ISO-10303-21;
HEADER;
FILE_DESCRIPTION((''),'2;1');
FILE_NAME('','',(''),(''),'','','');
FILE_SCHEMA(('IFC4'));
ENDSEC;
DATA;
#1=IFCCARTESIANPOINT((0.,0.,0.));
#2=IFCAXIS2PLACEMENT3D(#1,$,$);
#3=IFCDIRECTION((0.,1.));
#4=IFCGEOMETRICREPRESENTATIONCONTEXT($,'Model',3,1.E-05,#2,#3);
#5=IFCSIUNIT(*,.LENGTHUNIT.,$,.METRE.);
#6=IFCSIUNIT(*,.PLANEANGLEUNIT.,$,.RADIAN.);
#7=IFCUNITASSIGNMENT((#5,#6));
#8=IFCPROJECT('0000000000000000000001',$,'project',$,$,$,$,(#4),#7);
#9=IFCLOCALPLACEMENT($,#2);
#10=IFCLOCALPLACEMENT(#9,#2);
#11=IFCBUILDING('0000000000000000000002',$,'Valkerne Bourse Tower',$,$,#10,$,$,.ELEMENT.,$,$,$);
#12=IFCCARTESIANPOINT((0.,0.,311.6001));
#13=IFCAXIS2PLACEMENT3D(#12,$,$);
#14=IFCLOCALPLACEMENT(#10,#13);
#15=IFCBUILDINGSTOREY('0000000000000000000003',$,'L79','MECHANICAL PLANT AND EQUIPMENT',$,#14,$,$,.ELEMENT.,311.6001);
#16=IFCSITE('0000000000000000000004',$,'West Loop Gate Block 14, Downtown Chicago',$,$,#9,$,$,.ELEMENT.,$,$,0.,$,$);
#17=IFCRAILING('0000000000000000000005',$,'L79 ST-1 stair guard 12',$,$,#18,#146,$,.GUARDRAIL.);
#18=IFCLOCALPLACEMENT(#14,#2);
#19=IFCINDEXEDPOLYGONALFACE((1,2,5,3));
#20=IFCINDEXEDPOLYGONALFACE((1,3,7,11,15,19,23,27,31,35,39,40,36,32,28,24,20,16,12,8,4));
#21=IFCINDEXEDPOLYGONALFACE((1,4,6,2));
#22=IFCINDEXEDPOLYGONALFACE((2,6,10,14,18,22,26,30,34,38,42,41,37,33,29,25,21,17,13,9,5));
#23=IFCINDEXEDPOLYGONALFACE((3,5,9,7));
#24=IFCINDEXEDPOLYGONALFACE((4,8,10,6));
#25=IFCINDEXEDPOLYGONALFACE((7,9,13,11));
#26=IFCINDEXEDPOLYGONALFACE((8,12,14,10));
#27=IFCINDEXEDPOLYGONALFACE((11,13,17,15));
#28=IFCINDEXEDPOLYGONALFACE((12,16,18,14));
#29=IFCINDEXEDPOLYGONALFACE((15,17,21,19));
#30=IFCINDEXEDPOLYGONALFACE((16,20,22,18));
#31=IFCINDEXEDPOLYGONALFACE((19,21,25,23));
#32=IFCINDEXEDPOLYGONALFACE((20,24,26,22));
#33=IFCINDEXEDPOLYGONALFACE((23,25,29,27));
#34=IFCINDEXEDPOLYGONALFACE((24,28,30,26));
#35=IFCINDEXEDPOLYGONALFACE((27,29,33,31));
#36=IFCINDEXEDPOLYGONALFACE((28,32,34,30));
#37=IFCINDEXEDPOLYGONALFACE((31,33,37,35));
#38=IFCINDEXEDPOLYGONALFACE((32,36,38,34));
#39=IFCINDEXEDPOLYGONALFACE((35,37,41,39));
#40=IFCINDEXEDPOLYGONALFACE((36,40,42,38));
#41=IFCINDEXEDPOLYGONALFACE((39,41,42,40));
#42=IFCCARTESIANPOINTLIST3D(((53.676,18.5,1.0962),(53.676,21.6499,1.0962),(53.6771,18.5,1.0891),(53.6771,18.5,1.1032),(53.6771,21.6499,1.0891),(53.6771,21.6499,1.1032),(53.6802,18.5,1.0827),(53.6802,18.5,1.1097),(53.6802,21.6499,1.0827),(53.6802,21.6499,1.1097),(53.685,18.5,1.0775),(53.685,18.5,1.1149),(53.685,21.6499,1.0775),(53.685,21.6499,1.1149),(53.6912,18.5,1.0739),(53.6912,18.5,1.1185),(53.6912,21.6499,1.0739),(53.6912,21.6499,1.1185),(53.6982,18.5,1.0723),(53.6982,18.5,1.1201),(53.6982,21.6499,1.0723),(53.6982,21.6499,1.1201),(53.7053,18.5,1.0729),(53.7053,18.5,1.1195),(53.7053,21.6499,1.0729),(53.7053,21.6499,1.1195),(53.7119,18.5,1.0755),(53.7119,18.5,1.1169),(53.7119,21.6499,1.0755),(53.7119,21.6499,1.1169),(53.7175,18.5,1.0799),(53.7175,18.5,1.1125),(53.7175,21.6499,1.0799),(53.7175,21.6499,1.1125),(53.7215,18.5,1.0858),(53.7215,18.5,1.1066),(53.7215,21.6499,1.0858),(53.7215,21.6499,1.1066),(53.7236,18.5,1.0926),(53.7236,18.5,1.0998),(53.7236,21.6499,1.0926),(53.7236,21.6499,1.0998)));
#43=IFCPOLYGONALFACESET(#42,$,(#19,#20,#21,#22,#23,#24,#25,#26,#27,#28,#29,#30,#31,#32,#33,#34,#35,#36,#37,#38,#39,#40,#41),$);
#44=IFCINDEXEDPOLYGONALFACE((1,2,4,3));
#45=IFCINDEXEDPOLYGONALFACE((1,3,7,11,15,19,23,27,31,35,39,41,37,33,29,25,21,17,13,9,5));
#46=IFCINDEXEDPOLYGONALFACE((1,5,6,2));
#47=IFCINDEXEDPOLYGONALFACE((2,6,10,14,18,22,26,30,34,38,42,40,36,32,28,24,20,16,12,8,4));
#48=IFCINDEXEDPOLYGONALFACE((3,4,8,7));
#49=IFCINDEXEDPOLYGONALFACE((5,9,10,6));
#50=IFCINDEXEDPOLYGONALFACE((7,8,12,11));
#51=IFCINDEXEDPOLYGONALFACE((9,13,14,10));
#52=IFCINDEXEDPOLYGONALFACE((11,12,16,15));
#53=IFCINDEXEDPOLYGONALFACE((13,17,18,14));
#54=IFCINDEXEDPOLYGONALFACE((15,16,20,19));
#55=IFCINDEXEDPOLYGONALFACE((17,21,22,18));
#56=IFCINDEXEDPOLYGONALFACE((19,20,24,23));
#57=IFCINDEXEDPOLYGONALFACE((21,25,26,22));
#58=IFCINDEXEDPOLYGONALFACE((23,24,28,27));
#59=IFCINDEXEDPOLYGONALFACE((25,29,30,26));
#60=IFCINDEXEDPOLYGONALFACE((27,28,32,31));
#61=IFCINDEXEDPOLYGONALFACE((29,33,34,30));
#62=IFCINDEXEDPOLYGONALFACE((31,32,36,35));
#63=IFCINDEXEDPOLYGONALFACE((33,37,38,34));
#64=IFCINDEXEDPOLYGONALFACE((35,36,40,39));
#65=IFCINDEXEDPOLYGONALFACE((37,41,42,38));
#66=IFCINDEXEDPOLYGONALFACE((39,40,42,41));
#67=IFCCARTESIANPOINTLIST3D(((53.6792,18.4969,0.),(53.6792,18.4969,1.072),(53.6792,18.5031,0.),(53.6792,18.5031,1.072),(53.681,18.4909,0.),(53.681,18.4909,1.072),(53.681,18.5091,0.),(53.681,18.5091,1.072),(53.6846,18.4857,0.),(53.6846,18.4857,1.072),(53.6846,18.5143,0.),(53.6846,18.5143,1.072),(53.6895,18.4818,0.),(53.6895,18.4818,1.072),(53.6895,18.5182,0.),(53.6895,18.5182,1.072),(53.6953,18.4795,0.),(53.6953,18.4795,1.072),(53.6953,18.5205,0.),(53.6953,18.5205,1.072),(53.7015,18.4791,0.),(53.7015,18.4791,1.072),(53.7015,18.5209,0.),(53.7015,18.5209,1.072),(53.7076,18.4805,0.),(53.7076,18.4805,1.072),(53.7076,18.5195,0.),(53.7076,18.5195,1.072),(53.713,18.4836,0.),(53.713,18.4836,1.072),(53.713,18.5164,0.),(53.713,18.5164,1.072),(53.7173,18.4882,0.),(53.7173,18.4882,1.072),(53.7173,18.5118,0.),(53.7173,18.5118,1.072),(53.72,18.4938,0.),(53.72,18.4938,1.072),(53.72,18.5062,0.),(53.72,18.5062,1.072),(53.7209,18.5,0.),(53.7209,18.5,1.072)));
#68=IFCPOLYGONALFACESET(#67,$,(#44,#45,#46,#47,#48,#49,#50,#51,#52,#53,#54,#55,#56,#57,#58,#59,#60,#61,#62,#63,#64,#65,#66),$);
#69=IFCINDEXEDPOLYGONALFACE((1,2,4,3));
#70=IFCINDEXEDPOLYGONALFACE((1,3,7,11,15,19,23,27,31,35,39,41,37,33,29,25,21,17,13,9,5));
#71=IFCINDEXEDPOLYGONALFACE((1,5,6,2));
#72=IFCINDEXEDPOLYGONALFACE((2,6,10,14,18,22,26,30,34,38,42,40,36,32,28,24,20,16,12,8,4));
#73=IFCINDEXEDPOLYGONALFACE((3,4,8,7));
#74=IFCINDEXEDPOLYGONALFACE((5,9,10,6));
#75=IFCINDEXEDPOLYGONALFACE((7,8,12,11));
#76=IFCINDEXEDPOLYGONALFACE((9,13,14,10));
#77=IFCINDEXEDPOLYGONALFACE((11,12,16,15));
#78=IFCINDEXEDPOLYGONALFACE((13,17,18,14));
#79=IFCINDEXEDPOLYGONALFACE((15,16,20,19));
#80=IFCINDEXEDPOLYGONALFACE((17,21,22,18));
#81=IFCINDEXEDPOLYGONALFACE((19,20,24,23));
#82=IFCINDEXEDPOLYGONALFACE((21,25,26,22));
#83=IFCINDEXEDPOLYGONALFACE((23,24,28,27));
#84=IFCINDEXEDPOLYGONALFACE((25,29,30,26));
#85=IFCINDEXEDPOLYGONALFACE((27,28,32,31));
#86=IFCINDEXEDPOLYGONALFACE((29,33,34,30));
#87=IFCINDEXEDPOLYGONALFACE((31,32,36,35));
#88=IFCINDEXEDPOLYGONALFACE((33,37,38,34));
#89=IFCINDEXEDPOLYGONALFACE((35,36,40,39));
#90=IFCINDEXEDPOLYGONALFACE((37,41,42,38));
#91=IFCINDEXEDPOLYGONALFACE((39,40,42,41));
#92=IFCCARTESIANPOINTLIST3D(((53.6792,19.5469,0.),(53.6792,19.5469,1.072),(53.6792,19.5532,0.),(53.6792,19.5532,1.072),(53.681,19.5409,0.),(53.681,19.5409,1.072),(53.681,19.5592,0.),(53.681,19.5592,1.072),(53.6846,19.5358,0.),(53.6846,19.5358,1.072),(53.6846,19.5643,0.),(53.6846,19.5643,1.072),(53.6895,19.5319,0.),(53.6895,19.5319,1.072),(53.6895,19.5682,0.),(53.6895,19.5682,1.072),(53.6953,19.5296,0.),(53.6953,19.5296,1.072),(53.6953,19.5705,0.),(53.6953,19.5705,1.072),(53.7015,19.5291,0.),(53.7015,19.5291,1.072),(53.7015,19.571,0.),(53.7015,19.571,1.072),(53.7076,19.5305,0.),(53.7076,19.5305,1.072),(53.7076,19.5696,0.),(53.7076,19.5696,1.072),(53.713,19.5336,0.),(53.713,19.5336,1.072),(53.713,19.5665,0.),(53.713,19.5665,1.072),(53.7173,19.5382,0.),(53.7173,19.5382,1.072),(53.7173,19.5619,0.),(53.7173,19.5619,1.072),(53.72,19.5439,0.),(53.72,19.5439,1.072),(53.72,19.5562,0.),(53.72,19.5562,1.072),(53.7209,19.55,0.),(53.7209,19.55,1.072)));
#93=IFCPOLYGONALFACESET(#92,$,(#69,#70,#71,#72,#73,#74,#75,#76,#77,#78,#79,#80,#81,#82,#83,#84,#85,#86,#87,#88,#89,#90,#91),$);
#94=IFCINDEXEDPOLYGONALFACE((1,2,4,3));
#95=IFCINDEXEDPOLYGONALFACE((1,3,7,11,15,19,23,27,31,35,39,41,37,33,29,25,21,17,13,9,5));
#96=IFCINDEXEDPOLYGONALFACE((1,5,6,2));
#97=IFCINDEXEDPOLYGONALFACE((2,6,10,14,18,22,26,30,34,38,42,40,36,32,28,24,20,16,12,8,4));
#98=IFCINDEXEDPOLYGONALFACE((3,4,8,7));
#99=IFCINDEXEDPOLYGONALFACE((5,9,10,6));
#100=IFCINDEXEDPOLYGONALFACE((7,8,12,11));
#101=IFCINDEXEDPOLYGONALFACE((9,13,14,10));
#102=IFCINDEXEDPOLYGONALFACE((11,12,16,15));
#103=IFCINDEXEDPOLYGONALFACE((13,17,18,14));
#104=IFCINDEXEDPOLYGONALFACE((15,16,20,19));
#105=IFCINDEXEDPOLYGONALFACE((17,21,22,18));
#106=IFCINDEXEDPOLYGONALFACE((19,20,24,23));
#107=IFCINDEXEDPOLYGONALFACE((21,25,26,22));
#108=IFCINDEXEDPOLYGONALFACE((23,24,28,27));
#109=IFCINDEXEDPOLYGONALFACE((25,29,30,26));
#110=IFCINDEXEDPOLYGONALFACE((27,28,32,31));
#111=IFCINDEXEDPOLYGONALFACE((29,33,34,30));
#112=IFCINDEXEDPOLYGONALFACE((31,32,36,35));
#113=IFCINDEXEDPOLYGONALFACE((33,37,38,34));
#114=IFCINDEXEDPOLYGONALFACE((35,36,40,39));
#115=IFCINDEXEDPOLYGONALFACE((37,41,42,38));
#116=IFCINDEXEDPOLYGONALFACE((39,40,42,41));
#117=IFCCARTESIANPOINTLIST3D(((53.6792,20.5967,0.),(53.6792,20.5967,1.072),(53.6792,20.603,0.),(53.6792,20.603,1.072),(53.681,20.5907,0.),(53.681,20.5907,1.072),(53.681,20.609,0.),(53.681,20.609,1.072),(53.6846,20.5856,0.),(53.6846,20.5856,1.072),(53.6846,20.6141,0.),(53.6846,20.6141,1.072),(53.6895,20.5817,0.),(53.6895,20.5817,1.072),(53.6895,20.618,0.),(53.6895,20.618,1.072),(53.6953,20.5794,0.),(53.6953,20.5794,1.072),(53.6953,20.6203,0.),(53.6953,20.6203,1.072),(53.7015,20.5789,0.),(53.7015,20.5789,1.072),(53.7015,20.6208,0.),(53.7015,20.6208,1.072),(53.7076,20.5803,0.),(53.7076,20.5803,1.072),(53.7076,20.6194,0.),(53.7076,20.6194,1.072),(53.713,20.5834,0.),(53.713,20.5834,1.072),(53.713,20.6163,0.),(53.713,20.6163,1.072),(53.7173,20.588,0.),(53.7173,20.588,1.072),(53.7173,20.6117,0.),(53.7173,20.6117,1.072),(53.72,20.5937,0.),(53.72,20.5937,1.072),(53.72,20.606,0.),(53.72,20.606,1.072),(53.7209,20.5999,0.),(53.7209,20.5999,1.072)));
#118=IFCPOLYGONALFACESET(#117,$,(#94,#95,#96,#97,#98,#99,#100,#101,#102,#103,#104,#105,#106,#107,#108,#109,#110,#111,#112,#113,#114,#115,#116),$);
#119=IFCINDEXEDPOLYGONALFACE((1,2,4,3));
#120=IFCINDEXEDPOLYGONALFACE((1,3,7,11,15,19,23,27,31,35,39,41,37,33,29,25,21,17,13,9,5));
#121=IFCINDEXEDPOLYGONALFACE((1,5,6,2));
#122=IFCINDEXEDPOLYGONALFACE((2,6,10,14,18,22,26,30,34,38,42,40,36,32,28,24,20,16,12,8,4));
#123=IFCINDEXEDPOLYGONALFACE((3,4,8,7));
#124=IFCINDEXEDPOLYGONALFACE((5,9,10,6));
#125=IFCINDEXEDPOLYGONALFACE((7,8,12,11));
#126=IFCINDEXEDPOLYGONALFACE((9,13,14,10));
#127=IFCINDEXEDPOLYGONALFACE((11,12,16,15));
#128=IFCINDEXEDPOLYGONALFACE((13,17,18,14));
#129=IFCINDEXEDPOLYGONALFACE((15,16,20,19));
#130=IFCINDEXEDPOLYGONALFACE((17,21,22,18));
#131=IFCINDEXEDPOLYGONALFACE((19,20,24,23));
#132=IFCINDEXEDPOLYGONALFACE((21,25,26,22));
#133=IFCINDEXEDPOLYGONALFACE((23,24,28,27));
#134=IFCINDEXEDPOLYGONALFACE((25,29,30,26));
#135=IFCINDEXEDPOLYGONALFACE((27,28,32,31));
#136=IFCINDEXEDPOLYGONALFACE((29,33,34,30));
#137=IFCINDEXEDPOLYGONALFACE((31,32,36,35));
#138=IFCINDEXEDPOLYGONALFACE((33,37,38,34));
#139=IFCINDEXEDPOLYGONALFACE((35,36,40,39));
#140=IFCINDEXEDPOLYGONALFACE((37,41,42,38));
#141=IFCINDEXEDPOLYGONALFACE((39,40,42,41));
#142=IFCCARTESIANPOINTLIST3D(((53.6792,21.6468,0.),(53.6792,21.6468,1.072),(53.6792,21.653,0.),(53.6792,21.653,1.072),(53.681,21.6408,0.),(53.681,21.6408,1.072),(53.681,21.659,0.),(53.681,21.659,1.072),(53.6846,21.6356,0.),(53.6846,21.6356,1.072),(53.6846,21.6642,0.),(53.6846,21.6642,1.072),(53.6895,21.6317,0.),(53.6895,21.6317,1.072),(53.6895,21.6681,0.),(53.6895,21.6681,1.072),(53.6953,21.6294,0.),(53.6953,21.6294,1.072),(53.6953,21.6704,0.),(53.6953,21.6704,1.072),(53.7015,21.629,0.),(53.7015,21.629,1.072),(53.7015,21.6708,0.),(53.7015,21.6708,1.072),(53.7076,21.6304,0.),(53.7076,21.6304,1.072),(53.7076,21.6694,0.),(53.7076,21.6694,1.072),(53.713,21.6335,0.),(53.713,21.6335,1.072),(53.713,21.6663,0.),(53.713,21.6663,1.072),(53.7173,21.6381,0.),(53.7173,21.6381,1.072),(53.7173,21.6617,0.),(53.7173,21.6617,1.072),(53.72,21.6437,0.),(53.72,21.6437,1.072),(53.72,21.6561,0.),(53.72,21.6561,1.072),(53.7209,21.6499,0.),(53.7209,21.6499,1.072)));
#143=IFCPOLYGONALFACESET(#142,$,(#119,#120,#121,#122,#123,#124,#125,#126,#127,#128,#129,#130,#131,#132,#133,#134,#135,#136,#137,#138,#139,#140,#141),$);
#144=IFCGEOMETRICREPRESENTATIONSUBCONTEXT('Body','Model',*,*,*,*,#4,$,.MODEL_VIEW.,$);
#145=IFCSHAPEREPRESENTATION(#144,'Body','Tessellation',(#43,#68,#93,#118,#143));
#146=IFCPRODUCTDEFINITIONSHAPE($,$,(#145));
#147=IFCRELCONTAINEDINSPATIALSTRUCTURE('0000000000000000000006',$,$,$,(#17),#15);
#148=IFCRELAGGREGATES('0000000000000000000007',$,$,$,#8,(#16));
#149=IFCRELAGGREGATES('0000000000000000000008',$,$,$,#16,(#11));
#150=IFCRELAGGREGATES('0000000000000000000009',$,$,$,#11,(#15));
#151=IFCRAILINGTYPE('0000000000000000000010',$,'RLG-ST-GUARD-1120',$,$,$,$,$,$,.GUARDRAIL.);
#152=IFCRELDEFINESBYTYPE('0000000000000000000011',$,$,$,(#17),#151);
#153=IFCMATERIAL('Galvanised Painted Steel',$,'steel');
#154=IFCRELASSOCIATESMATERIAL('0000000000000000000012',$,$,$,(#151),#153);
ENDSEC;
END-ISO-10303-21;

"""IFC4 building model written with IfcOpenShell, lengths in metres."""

from ifc_helpers import new_model, si_unit, direction, frame, origin, origin_2d, place, context, subcontext, project, spatial, circle, extrude, material, type_object, element, save


model = new_model("IFC4")

# Units and contexts
model_context = context("Model", 3, precision=1e-05, world=origin(), true_north=direction((0.0, 1.0)))
body_context = subcontext(model_context, "Body", "Model", "MODEL_VIEW")
ifc_project = project(units=[si_unit("LENGTHUNIT", "METRE"), si_unit("PLANEANGLEUNIT", "RADIAN")], contexts=[model_context])

# Site, building, storey
site_placement = place(None, origin())
site = spatial("IfcSite", under=ifc_project, at=site_placement, Name="West Loop Gate Block 14, Downtown Chicago", CompositionType="ELEMENT", RefElevation=0.0)
building_placement = place(site_placement, origin())
building = spatial("IfcBuilding", under=site, at=building_placement, Name="Valkerne Bourse Tower", CompositionType="ELEMENT")
storey_placement = place(building_placement, frame((0.0, 0.0, 311.6001)))
storey = spatial("IfcBuildingStorey", under=building, at=storey_placement, Name="L79", Description="MECHANICAL PLANT AND EQUIPMENT", CompositionType="ELEMENT", Elevation=311.6001)

# Shared definitions
ifc_material_1 = material(Name="Galvanised Painted Steel", Category="steel")

# Railing
railing_type_1 = type_object("IfcRailingType", Name="RLG-ST-GUARD-1120", PredefinedType="GUARDRAIL", material=ifc_material_1)
railing_1_placement = place(storey_placement, frame((53.7, 18.5, 0.0)))
element("IfcRailing", 1, at=railing_1_placement, inside=storey, type_object=railing_type_1, Name="L79 ST-1 stair guard 12", PredefinedType="GUARDRAIL", context=body_context, shape_type="SweptSolid", body=[
    extrude(circle(Radius=0.0239, at=origin_2d()), frame((0.0, 0.0, 1.0962), z_axis=(0.0, 1.0, 0.0), x_axis=(-1.0, 0.0, 0.0)), (0.0, 0.0, 1.0), 3.1499),
    extrude(circle(Radius=0.021, at=origin_2d()), origin(), (0.0, 0.0, 1.0), 1.072),
    extrude(circle(Radius=0.021, at=origin_2d()), frame((0.0, 1.05, 0.0)), (0.0, 0.0, 1.0), 1.072),
    extrude(circle(Radius=0.021, at=origin_2d()), frame((0.0, 2.0999, 0.0)), (0.0, 0.0, 1.0), 1.072),
    extrude(circle(Radius=0.021, at=origin_2d()), frame((0.0, 3.1499, 0.0)), (0.0, 0.0, 1.0), 1.072),
])

save(model, "model.ifc")
